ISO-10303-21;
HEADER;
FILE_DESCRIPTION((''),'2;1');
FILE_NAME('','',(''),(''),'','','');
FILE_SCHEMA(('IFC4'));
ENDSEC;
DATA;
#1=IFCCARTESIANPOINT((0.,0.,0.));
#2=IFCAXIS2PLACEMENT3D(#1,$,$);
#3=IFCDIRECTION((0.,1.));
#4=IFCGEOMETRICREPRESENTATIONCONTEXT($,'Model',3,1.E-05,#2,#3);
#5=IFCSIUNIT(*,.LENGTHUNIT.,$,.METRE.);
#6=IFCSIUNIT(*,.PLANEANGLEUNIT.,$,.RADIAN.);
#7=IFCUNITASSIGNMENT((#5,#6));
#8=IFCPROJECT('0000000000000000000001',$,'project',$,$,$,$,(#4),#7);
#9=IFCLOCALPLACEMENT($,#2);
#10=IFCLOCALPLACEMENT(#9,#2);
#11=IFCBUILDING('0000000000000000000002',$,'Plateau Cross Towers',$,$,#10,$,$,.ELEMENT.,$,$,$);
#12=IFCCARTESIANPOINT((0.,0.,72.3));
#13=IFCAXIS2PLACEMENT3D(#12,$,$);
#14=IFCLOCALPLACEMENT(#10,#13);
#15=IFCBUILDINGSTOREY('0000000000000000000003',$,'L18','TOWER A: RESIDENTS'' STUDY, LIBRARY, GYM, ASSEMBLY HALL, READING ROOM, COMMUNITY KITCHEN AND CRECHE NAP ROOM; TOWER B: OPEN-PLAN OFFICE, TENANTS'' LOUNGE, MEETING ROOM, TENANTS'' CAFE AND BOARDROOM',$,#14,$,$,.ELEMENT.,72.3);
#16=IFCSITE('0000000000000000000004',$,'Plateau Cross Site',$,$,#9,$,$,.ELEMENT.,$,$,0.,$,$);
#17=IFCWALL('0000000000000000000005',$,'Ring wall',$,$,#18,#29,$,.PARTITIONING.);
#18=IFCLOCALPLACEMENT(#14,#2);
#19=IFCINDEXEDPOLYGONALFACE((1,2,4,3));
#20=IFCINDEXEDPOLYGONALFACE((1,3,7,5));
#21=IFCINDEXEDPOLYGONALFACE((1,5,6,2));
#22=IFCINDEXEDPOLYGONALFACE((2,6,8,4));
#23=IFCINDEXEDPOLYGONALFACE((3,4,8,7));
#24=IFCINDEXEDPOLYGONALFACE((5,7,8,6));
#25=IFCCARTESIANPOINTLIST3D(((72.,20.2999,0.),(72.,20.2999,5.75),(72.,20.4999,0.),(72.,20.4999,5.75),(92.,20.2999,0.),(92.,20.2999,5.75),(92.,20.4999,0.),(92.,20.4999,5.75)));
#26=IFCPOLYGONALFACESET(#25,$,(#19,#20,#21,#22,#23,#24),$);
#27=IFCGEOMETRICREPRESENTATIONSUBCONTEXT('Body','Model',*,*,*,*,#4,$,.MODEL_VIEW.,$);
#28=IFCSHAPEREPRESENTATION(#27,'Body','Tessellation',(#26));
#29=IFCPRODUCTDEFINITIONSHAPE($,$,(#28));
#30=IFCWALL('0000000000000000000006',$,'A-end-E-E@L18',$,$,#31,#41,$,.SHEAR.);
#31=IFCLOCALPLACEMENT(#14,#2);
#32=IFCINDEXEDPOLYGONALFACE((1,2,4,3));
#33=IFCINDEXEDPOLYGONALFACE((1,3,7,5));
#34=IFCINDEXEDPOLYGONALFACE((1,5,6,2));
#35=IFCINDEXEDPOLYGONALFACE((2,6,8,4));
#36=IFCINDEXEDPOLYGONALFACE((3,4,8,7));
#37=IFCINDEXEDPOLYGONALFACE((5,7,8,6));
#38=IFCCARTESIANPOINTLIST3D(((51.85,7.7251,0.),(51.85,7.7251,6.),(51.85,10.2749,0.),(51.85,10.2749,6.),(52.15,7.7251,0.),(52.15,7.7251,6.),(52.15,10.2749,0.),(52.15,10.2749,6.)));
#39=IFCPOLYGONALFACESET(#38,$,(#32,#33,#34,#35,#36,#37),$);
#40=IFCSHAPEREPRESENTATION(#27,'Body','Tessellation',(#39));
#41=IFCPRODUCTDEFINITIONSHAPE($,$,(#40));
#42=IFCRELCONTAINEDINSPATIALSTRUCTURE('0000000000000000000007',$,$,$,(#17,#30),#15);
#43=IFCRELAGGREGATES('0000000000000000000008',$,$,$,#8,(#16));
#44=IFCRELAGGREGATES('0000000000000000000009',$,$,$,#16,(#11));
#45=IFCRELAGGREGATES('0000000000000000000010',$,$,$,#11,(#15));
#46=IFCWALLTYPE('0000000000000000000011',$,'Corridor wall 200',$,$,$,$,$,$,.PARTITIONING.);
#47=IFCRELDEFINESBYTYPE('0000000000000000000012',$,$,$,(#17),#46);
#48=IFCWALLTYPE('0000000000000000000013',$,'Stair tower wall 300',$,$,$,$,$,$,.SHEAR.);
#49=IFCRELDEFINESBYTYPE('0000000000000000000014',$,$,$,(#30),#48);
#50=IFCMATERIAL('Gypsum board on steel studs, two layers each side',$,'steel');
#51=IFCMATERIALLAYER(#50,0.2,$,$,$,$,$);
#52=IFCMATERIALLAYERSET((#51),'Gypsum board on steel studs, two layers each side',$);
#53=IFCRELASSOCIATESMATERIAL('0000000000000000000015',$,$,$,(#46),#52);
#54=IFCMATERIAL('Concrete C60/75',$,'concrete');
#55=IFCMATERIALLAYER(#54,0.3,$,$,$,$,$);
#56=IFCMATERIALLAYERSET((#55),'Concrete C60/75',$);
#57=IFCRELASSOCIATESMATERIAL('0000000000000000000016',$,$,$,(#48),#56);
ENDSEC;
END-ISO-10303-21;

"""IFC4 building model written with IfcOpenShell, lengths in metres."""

from ifc_helpers import new_model, si_unit, direction, frame, frame_2d, origin, place, context, subcontext, project, spatial, rectangle, extrude, material, layer, layer_set, type_object, element, save


model = new_model("IFC4")

# Units and contexts
model_context = context("Model", 3, precision=1e-05, world=origin(), true_north=direction((0.0, 1.0)))
body_context = subcontext(model_context, "Body", "Model", "MODEL_VIEW")
ifc_project = project(units=[si_unit("LENGTHUNIT", "METRE"), si_unit("PLANEANGLEUNIT", "RADIAN")], contexts=[model_context])

# Site, building, storey
site_placement = place(None, origin())
site = spatial("IfcSite", under=ifc_project, at=site_placement, Name="Plateau Cross Site", CompositionType="ELEMENT", RefElevation=0.0)
building_placement = place(site_placement, origin())
building = spatial("IfcBuilding", under=site, at=building_placement, Name="Plateau Cross Towers", CompositionType="ELEMENT")
storey_placement = place(building_placement, frame((0.0, 0.0, 72.3)))
storey = spatial("IfcBuildingStorey", under=building, at=storey_placement, Name="L18", Description="TOWER A: RESIDENTS' STUDY, LIBRARY, GYM, ASSEMBLY HALL, READING ROOM, COMMUNITY KITCHEN AND CRECHE NAP ROOM; TOWER B: OPEN-PLAN OFFICE, TENANTS' LOUNGE, MEETING ROOM, TENANTS' CAFE AND BOARDROOM", CompositionType="ELEMENT", Elevation=72.3)

# Shared definitions
ifc_material_1 = material(Name="Concrete C60/75", Category="concrete")

# Walls
ifc_material_2 = material(Name="Gypsum board on steel studs, two layers each side", Category="steel")
ifc_layer_1 = layer(ifc_material_2, 0.2)
ifc_layer_set_1 = layer_set([ifc_layer_1], Name="Gypsum board on steel studs, two layers each side")
wall_type_1 = type_object("IfcWallType", Name="Corridor wall 200", PredefinedType="PARTITIONING", material=ifc_layer_set_1)
wall_1_placement = place(storey_placement, frame((72.0, 20.3999, 0.0), z_axis=(0.0, 0.0, 1.0), x_axis=(1.0, 0.0, 0.0)))
element("IfcWall", 1, at=wall_1_placement, inside=storey, type_object=wall_type_1, Name="Ring wall", PredefinedType="PARTITIONING", context=body_context, shape_type="SweptSolid", body=[
    extrude(rectangle(XDim=20.0, YDim=0.2, at=frame_2d((10.0, 0.0))), origin(), (0.0, 0.0, 1.0), 5.75),
])
ifc_layer_2 = layer(ifc_material_1, 0.3)
ifc_layer_set_2 = layer_set([ifc_layer_2], Name="Concrete C60/75")
wall_type_2 = type_object("IfcWallType", Name="Stair tower wall 300", PredefinedType="SHEAR", material=ifc_layer_set_2)
wall_2_placement = place(storey_placement, frame((52.0, 7.7251, 0.0), z_axis=(0.0, 0.0, 1.0), x_axis=(0.0, 1.0, 0.0)))
element("IfcWall", 2, at=wall_2_placement, inside=storey, type_object=wall_type_2, Name="A-end-E-E@L18", PredefinedType="SHEAR", context=body_context, shape_type="SweptSolid", body=[
    extrude(rectangle(XDim=2.5498, YDim=0.3, at=frame_2d((1.2749, 0.0))), origin(), (0.0, 0.0, 1.0), 6.0),
])

save(model, "model.ifc")
